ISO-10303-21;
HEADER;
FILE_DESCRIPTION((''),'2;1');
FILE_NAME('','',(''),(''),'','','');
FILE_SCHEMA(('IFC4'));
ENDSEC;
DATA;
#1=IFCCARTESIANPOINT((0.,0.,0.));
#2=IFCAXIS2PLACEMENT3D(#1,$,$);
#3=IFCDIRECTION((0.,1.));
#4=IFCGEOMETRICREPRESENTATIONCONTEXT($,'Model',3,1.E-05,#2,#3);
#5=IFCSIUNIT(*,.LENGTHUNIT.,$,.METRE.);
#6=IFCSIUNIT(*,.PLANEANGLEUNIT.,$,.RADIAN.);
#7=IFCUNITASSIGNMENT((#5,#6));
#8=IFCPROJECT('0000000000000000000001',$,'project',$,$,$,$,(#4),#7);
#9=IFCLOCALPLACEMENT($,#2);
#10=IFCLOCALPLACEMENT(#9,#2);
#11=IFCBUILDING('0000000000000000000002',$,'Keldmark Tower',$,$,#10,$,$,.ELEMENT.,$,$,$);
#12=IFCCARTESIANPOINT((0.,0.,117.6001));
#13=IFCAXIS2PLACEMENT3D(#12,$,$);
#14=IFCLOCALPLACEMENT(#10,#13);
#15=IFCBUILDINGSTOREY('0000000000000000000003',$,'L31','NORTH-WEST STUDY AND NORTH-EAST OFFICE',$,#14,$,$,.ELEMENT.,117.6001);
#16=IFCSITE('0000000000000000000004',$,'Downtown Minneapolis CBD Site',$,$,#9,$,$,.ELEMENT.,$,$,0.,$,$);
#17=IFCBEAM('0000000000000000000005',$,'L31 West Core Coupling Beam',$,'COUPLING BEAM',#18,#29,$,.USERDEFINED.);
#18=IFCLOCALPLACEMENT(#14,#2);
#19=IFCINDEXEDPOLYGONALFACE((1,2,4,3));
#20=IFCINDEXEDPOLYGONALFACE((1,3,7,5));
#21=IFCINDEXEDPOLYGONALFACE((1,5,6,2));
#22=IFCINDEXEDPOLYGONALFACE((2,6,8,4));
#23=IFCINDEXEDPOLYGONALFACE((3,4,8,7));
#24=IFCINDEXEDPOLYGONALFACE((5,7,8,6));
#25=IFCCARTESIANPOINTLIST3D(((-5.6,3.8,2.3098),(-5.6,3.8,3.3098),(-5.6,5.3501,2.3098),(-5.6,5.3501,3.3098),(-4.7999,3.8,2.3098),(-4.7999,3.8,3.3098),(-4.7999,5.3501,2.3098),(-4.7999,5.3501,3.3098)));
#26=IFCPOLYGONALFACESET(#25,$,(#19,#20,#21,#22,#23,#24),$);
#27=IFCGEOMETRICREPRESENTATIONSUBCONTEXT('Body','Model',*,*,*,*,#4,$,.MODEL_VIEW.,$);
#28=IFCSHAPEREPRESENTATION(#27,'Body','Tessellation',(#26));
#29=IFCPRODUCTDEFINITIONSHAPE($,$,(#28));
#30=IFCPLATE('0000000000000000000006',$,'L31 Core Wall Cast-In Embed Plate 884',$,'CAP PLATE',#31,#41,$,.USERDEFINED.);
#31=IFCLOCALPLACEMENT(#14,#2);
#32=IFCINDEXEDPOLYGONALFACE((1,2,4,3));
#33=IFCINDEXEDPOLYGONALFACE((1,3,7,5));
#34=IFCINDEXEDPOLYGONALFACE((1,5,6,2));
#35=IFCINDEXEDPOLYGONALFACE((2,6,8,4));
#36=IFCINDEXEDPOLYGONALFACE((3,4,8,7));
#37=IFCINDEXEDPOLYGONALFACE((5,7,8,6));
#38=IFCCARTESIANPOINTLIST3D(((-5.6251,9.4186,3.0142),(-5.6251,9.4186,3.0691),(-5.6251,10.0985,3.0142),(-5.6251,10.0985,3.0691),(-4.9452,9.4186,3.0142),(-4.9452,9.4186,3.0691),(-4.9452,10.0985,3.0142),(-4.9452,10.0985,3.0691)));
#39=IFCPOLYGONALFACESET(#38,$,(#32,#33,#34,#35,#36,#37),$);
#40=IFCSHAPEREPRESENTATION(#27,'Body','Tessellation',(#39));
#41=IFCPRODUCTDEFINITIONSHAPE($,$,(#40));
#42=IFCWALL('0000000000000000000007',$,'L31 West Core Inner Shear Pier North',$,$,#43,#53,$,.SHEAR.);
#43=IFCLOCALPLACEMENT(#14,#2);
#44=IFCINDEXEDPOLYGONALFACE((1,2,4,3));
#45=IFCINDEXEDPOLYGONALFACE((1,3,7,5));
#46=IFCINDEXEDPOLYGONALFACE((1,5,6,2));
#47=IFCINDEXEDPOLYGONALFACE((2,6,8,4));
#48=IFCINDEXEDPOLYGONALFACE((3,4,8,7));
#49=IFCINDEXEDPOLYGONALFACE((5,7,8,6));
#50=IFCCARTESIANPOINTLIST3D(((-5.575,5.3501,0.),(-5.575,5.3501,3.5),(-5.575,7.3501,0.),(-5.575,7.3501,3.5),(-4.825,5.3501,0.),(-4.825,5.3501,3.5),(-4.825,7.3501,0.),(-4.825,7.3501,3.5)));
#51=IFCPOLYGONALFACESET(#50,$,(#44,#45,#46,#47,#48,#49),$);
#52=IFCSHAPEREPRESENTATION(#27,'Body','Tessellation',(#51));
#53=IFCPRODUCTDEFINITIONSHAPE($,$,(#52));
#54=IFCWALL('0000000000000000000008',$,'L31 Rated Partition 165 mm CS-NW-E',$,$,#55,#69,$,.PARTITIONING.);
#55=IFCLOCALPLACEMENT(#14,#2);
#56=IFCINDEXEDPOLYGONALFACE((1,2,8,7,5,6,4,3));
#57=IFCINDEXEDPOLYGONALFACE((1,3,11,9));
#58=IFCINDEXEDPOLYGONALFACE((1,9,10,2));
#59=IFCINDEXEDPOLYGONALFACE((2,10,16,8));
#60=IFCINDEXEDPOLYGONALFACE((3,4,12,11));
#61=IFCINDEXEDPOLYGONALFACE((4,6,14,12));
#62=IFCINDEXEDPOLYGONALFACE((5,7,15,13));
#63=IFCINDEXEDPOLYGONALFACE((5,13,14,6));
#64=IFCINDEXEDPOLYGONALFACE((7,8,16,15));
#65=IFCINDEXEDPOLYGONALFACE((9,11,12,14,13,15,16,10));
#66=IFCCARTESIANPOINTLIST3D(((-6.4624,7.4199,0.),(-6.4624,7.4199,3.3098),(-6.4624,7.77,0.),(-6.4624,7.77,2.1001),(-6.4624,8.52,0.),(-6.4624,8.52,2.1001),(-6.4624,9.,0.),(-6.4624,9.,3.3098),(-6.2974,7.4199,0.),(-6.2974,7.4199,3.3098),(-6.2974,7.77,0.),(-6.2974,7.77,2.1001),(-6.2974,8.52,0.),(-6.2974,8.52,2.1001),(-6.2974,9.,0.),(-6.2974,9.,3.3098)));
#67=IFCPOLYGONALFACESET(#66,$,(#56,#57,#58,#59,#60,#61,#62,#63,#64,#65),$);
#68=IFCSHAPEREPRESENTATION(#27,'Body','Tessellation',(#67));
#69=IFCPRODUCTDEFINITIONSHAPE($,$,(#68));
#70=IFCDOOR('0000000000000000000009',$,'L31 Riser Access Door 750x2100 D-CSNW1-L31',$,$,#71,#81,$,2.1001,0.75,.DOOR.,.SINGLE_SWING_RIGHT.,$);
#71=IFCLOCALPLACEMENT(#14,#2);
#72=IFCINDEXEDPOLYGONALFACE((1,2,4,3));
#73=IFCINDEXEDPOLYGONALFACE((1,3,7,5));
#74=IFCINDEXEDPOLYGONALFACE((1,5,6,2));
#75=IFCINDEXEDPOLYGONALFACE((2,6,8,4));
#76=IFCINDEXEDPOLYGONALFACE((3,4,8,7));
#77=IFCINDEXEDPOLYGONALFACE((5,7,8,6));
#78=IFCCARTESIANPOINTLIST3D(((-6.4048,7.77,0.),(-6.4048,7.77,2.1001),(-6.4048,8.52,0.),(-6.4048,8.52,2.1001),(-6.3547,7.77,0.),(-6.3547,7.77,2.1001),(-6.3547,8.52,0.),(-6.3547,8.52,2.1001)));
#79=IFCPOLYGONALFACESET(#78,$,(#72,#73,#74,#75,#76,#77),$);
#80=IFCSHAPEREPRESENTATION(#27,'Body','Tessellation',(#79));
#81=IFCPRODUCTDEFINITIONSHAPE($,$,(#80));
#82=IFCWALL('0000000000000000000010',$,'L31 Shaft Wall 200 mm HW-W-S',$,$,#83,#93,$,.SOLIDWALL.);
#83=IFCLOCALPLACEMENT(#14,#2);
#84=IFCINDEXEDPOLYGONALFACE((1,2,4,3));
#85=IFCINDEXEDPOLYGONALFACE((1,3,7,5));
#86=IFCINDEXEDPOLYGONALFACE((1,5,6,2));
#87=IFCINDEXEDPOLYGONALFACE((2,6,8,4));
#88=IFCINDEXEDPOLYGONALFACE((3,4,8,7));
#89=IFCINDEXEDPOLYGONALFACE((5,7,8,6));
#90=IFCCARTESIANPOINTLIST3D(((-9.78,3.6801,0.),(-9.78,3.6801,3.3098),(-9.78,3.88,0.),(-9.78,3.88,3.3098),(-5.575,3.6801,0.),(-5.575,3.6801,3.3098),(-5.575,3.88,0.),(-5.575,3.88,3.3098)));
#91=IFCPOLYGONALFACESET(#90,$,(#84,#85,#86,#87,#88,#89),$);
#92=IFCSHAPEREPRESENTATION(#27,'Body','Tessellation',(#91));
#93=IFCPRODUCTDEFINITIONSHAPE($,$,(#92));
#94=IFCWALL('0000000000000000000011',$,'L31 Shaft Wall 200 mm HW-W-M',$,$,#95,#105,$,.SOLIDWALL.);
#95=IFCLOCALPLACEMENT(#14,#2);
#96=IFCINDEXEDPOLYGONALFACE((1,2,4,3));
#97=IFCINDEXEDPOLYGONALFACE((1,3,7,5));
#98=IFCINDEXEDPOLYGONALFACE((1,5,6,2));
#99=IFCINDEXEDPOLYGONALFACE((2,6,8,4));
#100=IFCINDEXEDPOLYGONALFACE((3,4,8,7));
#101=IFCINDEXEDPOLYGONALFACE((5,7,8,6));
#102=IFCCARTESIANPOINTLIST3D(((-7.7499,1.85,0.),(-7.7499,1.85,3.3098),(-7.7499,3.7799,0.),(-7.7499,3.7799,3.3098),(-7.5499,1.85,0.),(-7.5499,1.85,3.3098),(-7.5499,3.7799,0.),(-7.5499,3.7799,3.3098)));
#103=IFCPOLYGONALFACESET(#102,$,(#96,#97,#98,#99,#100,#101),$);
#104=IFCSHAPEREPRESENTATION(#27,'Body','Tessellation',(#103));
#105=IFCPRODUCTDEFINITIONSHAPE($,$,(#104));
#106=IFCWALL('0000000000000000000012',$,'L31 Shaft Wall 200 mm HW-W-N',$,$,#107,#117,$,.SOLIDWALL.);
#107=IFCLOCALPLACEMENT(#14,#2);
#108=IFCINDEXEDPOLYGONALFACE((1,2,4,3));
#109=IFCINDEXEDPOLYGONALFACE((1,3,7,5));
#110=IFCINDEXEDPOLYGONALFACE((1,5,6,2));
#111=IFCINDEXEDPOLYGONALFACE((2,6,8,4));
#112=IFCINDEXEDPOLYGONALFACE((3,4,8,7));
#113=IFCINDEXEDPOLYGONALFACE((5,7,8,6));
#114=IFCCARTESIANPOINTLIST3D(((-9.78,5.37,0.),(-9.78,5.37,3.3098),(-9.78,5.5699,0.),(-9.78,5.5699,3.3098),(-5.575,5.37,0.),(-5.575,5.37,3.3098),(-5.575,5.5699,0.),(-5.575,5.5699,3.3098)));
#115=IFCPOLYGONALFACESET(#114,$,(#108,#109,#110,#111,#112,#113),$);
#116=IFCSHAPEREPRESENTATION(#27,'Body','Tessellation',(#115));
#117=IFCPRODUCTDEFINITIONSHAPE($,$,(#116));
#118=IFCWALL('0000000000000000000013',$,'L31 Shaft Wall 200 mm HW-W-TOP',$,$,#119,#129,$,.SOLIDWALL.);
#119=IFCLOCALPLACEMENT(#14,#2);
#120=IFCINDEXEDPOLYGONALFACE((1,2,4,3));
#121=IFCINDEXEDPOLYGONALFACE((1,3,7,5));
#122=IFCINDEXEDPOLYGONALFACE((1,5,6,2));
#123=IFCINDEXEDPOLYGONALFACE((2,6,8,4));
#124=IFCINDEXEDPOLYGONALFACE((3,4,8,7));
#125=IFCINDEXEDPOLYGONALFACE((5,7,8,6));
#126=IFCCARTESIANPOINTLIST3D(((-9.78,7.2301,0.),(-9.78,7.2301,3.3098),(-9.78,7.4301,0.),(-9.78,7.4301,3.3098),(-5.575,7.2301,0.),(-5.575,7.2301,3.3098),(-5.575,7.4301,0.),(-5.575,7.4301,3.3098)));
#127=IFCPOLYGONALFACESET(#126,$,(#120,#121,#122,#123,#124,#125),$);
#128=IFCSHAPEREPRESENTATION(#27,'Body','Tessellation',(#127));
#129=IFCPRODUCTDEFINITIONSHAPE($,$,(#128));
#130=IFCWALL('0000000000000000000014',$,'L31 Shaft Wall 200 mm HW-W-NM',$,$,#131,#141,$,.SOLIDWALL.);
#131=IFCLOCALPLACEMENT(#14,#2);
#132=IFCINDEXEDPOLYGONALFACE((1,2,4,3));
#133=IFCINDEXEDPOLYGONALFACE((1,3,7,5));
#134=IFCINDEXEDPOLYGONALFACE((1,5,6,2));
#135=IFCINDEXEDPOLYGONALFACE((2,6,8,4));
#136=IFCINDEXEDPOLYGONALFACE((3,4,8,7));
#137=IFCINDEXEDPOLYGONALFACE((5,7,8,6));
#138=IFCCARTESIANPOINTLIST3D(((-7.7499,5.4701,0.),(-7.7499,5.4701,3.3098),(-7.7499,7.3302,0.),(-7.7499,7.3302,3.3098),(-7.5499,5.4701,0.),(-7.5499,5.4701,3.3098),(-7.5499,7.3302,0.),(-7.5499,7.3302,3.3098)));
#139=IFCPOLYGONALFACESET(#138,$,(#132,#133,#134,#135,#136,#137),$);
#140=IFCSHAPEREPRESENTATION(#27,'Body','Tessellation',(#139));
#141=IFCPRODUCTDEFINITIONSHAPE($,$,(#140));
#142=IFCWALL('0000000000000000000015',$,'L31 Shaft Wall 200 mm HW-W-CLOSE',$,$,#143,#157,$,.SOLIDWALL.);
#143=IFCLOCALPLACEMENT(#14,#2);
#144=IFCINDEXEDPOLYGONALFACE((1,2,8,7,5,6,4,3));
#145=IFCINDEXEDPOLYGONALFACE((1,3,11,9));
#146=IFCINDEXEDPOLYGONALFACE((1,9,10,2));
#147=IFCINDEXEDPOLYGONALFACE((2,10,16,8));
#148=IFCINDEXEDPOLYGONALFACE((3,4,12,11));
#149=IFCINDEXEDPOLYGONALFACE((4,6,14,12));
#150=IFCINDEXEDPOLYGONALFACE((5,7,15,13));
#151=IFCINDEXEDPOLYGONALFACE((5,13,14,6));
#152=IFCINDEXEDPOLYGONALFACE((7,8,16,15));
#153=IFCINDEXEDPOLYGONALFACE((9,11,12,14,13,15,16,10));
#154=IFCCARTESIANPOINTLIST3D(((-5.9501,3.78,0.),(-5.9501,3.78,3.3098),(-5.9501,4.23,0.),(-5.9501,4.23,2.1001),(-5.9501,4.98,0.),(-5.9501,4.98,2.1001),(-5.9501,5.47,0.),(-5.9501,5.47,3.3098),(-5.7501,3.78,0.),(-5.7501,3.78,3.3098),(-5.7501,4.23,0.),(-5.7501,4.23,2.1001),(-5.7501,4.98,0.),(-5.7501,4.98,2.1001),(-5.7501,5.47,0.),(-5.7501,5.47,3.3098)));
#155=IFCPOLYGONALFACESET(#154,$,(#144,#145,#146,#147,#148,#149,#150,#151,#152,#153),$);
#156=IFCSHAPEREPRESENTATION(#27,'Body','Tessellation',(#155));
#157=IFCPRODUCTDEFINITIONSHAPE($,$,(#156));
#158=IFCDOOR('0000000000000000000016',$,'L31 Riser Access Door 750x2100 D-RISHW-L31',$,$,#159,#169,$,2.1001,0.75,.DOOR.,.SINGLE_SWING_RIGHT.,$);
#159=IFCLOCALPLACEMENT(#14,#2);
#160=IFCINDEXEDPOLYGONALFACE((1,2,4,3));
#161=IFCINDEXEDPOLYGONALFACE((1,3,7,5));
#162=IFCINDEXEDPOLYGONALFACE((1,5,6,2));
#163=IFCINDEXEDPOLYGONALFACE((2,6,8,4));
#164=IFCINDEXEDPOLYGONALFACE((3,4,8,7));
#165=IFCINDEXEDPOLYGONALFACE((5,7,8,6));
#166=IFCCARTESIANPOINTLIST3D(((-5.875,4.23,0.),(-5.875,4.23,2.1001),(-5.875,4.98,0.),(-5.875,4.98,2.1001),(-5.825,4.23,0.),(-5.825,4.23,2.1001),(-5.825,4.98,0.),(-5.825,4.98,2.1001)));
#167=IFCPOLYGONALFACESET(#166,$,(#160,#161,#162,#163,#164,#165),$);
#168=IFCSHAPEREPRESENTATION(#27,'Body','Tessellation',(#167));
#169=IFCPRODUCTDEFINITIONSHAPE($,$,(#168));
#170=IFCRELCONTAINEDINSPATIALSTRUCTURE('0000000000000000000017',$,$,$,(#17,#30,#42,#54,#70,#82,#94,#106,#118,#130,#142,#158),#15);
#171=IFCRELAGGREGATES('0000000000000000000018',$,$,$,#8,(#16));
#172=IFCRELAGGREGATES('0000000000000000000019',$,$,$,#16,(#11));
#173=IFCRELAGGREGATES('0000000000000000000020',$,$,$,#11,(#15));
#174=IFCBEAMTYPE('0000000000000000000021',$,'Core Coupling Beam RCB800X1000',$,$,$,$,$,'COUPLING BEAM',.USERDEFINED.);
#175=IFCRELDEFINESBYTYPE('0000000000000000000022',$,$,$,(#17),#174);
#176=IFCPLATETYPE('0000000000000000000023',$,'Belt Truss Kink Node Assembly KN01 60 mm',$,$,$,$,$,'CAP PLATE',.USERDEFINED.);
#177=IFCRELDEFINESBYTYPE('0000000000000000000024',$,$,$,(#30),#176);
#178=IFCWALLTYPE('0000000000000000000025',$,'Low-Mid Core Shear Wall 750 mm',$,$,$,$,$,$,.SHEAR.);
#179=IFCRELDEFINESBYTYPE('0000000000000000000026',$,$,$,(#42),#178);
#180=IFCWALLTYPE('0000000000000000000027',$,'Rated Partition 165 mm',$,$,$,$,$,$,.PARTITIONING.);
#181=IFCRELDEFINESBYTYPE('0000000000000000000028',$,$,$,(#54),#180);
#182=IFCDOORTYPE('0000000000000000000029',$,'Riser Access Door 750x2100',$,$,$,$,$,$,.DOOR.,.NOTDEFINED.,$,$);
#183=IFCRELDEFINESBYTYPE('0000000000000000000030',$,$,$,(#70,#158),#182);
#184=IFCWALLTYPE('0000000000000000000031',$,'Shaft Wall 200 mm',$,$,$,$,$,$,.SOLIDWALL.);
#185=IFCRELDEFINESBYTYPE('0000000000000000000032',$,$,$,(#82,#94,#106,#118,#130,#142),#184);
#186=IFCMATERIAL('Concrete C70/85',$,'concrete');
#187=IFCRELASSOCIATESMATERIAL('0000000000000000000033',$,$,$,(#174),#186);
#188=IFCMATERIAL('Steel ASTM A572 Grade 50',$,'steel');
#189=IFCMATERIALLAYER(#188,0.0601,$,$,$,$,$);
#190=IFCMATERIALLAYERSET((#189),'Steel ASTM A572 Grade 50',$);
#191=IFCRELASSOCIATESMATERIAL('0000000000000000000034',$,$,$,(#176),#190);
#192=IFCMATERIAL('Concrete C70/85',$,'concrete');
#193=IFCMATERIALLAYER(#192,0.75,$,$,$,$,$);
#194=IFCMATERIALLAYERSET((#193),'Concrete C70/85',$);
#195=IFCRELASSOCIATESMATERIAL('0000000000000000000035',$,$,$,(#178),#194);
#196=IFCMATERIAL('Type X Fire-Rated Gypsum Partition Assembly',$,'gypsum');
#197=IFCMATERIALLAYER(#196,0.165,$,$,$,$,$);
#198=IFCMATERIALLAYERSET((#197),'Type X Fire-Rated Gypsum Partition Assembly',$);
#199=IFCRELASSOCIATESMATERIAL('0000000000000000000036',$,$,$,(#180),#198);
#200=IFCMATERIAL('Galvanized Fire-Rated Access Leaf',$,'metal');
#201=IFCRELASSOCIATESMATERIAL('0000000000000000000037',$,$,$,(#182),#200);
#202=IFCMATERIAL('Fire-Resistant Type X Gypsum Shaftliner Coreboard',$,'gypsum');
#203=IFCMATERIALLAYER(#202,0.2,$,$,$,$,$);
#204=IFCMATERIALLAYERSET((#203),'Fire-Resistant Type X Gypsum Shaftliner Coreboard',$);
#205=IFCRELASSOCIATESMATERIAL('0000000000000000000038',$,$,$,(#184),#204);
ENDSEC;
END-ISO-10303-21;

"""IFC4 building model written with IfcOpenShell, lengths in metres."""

from ifc_helpers import new_model, si_unit, direction, frame, frame_2d, origin, origin_2d, place, context, subcontext, project, spatial, rectangle, extrude, material, layer, layer_set, material_profile, profile_set, type_object, element, fill, save


model = new_model("IFC4")

# Units and contexts
model_context = context("Model", 3, precision=1e-05, world=origin(), true_north=direction((0.0, 1.0)))
body_context = subcontext(model_context, "Body", "Model", "MODEL_VIEW")
ifc_project = project(units=[si_unit("LENGTHUNIT", "METRE"), si_unit("PLANEANGLEUNIT", "RADIAN")], contexts=[model_context])

# Site, building, storey
site_placement = place(None, origin())
site = spatial("IfcSite", under=ifc_project, at=site_placement, Name="Downtown Minneapolis CBD Site", CompositionType="ELEMENT", RefElevation=0.0)
building_placement = place(site_placement, origin())
building = spatial("IfcBuilding", under=site, at=building_placement, Name="Keldmark Tower", CompositionType="ELEMENT")
storey_placement = place(building_placement, frame((0.0, 0.0, 117.6001)))
storey = spatial("IfcBuildingStorey", under=building, at=storey_placement, Name="L31", Description="NORTH-WEST STUDY AND NORTH-EAST OFFICE", CompositionType="ELEMENT", Elevation=117.6001)

# Beam
ifc_material_1 = material(Name="Concrete C70/85", Category="concrete")
ifc_material_profile = material_profile(ifc_material_1, rectangle(XDim=0.8, YDim=1.0, at=origin_2d()), Name="RCB800X1000")
ifc_profile_set = profile_set([ifc_material_profile], Name="Concrete C70/85")
beam_type = type_object("IfcBeamType", Name="Core Coupling Beam RCB800X1000", ElementType="COUPLING BEAM", PredefinedType="USERDEFINED", material=ifc_profile_set)
beam_placement = place(storey_placement, frame((-5.2, 3.8, 2.8098), z_axis=(0.0, 1.0, 0.0), x_axis=(-1.0, 0.0, 0.0)))
element("IfcBeam", 1, at=beam_placement, inside=storey, type_object=beam_type, Name="L31 West Core Coupling Beam", ObjectType="COUPLING BEAM", PredefinedType="USERDEFINED", context=body_context, shape_type="SweptSolid", body=[
    extrude(rectangle(XDim=0.8, YDim=1.0, at=origin_2d()), origin(), (0.0, 0.0, 1.0), 1.55),
])

# Plate
ifc_material_2 = material(Name="Steel ASTM A572 Grade 50", Category="steel")
ifc_layer_1 = layer(ifc_material_2, 0.0601)
ifc_layer_set_1 = layer_set([ifc_layer_1], Name="Steel ASTM A572 Grade 50")
plate_type = type_object("IfcPlateType", Name="Belt Truss Kink Node Assembly KN01 60 mm", ElementType="CAP PLATE", PredefinedType="USERDEFINED", material=ifc_layer_set_1)
plate_placement = place(storey_placement, frame((-5.2852, 9.7585, 3.0142), z_axis=(0.0, 0.0, 1.0), x_axis=(1.0, 0.0, 0.0)))
element("IfcPlate", 2, at=plate_placement, inside=storey, type_object=plate_type, Name="L31 Core Wall Cast-In Embed Plate 884", ObjectType="CAP PLATE", PredefinedType="USERDEFINED", context=body_context, shape_type="SweptSolid", body=[
    extrude(rectangle(XDim=0.6799, YDim=0.6799, at=origin_2d()), origin(), (0.0, 0.0, 1.0), 0.0549),
])

# Wall
ifc_material_3 = material(Name="Concrete C70/85", Category="concrete")
ifc_layer_2 = layer(ifc_material_3, 0.75)
ifc_layer_set_2 = layer_set([ifc_layer_2], Name="Concrete C70/85")
wall_type_1 = type_object("IfcWallType", Name="Low-Mid Core Shear Wall 750 mm", PredefinedType="SHEAR", material=ifc_layer_set_2)
wall_1_placement = place(storey_placement, frame((-5.2, 5.3501, 0.0), z_axis=(0.0, 0.0, 1.0), x_axis=(0.0, 1.0, 0.0)))
element("IfcWall", 3, at=wall_1_placement, inside=storey, type_object=wall_type_1, Name="L31 West Core Inner Shear Pier North", PredefinedType="SHEAR", context=body_context, shape_type="SweptSolid", body=[
    extrude(rectangle(XDim=2.0, YDim=0.75, at=frame_2d((1.0, 0.0))), origin(), (0.0, 0.0, 1.0), 3.5),
])

# Wall, opening, door
ifc_material_4 = material(Name="Type X Fire-Rated Gypsum Partition Assembly", Category="gypsum")
ifc_layer_3 = layer(ifc_material_4, 0.165)
ifc_layer_set_3 = layer_set([ifc_layer_3], Name="Type X Fire-Rated Gypsum Partition Assembly")
wall_type_2 = type_object("IfcWallType", Name="Rated Partition 165 mm", PredefinedType="PARTITIONING", material=ifc_layer_set_3)
wall_2_placement = place(storey_placement, frame((-6.3799, 7.4199, 0.0), z_axis=(0.0, 0.0, 1.0), x_axis=(0.0, 1.0, 0.0)))
wall_2 = element("IfcWall", 4, at=wall_2_placement, inside=storey, type_object=wall_type_2, Name="L31 Rated Partition 165 mm CS-NW-E", PredefinedType="PARTITIONING", context=body_context, shape_type="SweptSolid", body=[
    extrude(rectangle(XDim=1.5801, YDim=0.165, at=frame_2d((0.79, 0.0))), origin(), (0.0, 0.0, 1.0), 3.3098),
])
opening_1_placement = place(wall_2_placement, frame((0.3501, 0.0, 0.0)))
opening_1 = element("IfcOpeningElement", 5, at=opening_1_placement, cuts=wall_2, PredefinedType="OPENING", context=body_context, shape_type="SweptSolid", body=[
    extrude(rectangle(XDim=0.75, YDim=2.1001, at=frame_2d((0.375, 1.05))), frame((0.0, 0.0925, 0.0), z_axis=(0.0, -1.0, 0.0), x_axis=(1.0, 0.0, 0.0)), (0.0, 0.0, 1.0), 0.1851),
])
ifc_material_5 = material(Name="Galvanized Fire-Rated Access Leaf", Category="metal")
door_type = type_object("IfcDoorType", Name="Riser Access Door 750x2100", OperationType="NOTDEFINED", PredefinedType="DOOR", material=ifc_material_5)
door_1_placement = place(opening_1_placement, origin())
door_1 = element("IfcDoor", 6, at=door_1_placement, inside=storey, type_object=door_type, Name="L31 Riser Access Door 750x2100 D-CSNW1-L31", OperationType="SINGLE_SWING_RIGHT", OverallHeight=2.1001, OverallWidth=0.75, PredefinedType="DOOR", context=body_context, shape_type="SweptSolid", body=[
    extrude(rectangle(XDim=0.75, YDim=2.1001, at=frame_2d((0.375, 1.05))), frame((0.0, 0.0249, 0.0), z_axis=(0.0, -1.0, 0.0), x_axis=(1.0, 0.0, 0.0)), (0.0, 0.0, 1.0), 0.05),
])
fill(opening_1, door_1)

# Walls
ifc_material_6 = material(Name="Fire-Resistant Type X Gypsum Shaftliner Coreboard", Category="gypsum")
ifc_layer_4 = layer(ifc_material_6, 0.2)
ifc_layer_set_4 = layer_set([ifc_layer_4], Name="Fire-Resistant Type X Gypsum Shaftliner Coreboard")
wall_type_3 = type_object("IfcWallType", Name="Shaft Wall 200 mm", PredefinedType="SOLIDWALL", material=ifc_layer_set_4)
wall_3_placement = place(storey_placement, frame((-9.78, 3.78, 0.0), z_axis=(0.0, 0.0, 1.0), x_axis=(1.0, 0.0, 0.0)))
element("IfcWall", 7, at=wall_3_placement, inside=storey, type_object=wall_type_3, Name="L31 Shaft Wall 200 mm HW-W-S", PredefinedType="SOLIDWALL", context=body_context, shape_type="SweptSolid", body=[
    extrude(rectangle(XDim=4.2051, YDim=0.2, at=frame_2d((2.1025, 0.0))), origin(), (0.0, 0.0, 1.0), 3.3098),
])
wall_4_placement = place(storey_placement, frame((-7.6499, 1.8501, 0.0), z_axis=(0.0, 0.0, 1.0), x_axis=(0.0, 1.0, 0.0)))
element("IfcWall", 8, at=wall_4_placement, inside=storey, type_object=wall_type_3, Name="L31 Shaft Wall 200 mm HW-W-M", PredefinedType="SOLIDWALL", context=body_context, shape_type="SweptSolid", body=[
    extrude(rectangle(XDim=1.9299, YDim=0.2, at=frame_2d((0.9648, 0.0))), origin(), (0.0, 0.0, 1.0), 3.3098),
])
for number, where, z_axis, x_axis, name in (
    (9, (-9.78, 5.47, 0.0), (0.0, 0.0, 1.0), (1.0, 0.0, 0.0), "L31 Shaft Wall 200 mm HW-W-N"),
    (10, (-9.78, 7.3301, 0.0), (0.0, 0.0, 1.0), (1.0, 0.0, 0.0), "L31 Shaft Wall 200 mm HW-W-TOP"),
):
    element("IfcWall", number, at=place(storey_placement, frame(where, z_axis=z_axis, x_axis=x_axis)), inside=storey, type_object=wall_type_3, Name=name, PredefinedType="SOLIDWALL", context=body_context, shape_type="SweptSolid", body=[
        extrude(rectangle(XDim=4.2051, YDim=0.2, at=frame_2d((2.1025, 0.0))), origin(), (0.0, 0.0, 1.0), 3.3098),
    ])
wall_5_placement = place(storey_placement, frame((-7.6499, 5.47, 0.0), z_axis=(0.0, 0.0, 1.0), x_axis=(0.0, 1.0, 0.0)))
element("IfcWall", 11, at=wall_5_placement, inside=storey, type_object=wall_type_3, Name="L31 Shaft Wall 200 mm HW-W-NM", PredefinedType="SOLIDWALL", context=body_context, shape_type="SweptSolid", body=[
    extrude(rectangle(XDim=1.8601, YDim=0.2, at=frame_2d((0.9302, 0.0))), origin(), (0.0, 0.0, 1.0), 3.3098),
])

# Wall, opening, door
wall_6_placement = place(storey_placement, frame((-5.8501, 3.78, 0.0), z_axis=(0.0, 0.0, 1.0), x_axis=(0.0, 1.0, 0.0)))
wall_6 = element("IfcWall", 12, at=wall_6_placement, inside=storey, type_object=wall_type_3, Name="L31 Shaft Wall 200 mm HW-W-CLOSE", PredefinedType="SOLIDWALL", context=body_context, shape_type="SweptSolid", body=[
    extrude(rectangle(XDim=1.6899, YDim=0.2, at=frame_2d((0.845, 0.0))), origin(), (0.0, 0.0, 1.0), 3.3098),
])
opening_2_placement = place(wall_6_placement, frame((0.45, 0.0, 0.0)))
opening_2 = element("IfcOpeningElement", 13, at=opening_2_placement, cuts=wall_6, PredefinedType="OPENING", context=body_context, shape_type="SweptSolid", body=[
    extrude(rectangle(XDim=0.75, YDim=2.1001, at=frame_2d((0.375, 1.05))), frame((0.0, 0.1099, 0.0), z_axis=(0.0, -1.0, 0.0), x_axis=(1.0, 0.0, 0.0)), (0.0, 0.0, 1.0), 0.22),
])
door_2_placement = place(opening_2_placement, origin())
door_2 = element("IfcDoor", 14, at=door_2_placement, inside=storey, type_object=door_type, Name="L31 Riser Access Door 750x2100 D-RISHW-L31", OperationType="SINGLE_SWING_RIGHT", OverallHeight=2.1001, OverallWidth=0.75, PredefinedType="DOOR", context=body_context, shape_type="SweptSolid", body=[
    extrude(rectangle(XDim=0.75, YDim=2.1001, at=frame_2d((0.375, 1.05))), frame((0.0, 0.0249, 0.0), z_axis=(0.0, -1.0, 0.0), x_axis=(1.0, 0.0, 0.0)), (0.0, 0.0, 1.0), 0.05),
])
fill(opening_2, door_2)

save(model, "model.ifc")
